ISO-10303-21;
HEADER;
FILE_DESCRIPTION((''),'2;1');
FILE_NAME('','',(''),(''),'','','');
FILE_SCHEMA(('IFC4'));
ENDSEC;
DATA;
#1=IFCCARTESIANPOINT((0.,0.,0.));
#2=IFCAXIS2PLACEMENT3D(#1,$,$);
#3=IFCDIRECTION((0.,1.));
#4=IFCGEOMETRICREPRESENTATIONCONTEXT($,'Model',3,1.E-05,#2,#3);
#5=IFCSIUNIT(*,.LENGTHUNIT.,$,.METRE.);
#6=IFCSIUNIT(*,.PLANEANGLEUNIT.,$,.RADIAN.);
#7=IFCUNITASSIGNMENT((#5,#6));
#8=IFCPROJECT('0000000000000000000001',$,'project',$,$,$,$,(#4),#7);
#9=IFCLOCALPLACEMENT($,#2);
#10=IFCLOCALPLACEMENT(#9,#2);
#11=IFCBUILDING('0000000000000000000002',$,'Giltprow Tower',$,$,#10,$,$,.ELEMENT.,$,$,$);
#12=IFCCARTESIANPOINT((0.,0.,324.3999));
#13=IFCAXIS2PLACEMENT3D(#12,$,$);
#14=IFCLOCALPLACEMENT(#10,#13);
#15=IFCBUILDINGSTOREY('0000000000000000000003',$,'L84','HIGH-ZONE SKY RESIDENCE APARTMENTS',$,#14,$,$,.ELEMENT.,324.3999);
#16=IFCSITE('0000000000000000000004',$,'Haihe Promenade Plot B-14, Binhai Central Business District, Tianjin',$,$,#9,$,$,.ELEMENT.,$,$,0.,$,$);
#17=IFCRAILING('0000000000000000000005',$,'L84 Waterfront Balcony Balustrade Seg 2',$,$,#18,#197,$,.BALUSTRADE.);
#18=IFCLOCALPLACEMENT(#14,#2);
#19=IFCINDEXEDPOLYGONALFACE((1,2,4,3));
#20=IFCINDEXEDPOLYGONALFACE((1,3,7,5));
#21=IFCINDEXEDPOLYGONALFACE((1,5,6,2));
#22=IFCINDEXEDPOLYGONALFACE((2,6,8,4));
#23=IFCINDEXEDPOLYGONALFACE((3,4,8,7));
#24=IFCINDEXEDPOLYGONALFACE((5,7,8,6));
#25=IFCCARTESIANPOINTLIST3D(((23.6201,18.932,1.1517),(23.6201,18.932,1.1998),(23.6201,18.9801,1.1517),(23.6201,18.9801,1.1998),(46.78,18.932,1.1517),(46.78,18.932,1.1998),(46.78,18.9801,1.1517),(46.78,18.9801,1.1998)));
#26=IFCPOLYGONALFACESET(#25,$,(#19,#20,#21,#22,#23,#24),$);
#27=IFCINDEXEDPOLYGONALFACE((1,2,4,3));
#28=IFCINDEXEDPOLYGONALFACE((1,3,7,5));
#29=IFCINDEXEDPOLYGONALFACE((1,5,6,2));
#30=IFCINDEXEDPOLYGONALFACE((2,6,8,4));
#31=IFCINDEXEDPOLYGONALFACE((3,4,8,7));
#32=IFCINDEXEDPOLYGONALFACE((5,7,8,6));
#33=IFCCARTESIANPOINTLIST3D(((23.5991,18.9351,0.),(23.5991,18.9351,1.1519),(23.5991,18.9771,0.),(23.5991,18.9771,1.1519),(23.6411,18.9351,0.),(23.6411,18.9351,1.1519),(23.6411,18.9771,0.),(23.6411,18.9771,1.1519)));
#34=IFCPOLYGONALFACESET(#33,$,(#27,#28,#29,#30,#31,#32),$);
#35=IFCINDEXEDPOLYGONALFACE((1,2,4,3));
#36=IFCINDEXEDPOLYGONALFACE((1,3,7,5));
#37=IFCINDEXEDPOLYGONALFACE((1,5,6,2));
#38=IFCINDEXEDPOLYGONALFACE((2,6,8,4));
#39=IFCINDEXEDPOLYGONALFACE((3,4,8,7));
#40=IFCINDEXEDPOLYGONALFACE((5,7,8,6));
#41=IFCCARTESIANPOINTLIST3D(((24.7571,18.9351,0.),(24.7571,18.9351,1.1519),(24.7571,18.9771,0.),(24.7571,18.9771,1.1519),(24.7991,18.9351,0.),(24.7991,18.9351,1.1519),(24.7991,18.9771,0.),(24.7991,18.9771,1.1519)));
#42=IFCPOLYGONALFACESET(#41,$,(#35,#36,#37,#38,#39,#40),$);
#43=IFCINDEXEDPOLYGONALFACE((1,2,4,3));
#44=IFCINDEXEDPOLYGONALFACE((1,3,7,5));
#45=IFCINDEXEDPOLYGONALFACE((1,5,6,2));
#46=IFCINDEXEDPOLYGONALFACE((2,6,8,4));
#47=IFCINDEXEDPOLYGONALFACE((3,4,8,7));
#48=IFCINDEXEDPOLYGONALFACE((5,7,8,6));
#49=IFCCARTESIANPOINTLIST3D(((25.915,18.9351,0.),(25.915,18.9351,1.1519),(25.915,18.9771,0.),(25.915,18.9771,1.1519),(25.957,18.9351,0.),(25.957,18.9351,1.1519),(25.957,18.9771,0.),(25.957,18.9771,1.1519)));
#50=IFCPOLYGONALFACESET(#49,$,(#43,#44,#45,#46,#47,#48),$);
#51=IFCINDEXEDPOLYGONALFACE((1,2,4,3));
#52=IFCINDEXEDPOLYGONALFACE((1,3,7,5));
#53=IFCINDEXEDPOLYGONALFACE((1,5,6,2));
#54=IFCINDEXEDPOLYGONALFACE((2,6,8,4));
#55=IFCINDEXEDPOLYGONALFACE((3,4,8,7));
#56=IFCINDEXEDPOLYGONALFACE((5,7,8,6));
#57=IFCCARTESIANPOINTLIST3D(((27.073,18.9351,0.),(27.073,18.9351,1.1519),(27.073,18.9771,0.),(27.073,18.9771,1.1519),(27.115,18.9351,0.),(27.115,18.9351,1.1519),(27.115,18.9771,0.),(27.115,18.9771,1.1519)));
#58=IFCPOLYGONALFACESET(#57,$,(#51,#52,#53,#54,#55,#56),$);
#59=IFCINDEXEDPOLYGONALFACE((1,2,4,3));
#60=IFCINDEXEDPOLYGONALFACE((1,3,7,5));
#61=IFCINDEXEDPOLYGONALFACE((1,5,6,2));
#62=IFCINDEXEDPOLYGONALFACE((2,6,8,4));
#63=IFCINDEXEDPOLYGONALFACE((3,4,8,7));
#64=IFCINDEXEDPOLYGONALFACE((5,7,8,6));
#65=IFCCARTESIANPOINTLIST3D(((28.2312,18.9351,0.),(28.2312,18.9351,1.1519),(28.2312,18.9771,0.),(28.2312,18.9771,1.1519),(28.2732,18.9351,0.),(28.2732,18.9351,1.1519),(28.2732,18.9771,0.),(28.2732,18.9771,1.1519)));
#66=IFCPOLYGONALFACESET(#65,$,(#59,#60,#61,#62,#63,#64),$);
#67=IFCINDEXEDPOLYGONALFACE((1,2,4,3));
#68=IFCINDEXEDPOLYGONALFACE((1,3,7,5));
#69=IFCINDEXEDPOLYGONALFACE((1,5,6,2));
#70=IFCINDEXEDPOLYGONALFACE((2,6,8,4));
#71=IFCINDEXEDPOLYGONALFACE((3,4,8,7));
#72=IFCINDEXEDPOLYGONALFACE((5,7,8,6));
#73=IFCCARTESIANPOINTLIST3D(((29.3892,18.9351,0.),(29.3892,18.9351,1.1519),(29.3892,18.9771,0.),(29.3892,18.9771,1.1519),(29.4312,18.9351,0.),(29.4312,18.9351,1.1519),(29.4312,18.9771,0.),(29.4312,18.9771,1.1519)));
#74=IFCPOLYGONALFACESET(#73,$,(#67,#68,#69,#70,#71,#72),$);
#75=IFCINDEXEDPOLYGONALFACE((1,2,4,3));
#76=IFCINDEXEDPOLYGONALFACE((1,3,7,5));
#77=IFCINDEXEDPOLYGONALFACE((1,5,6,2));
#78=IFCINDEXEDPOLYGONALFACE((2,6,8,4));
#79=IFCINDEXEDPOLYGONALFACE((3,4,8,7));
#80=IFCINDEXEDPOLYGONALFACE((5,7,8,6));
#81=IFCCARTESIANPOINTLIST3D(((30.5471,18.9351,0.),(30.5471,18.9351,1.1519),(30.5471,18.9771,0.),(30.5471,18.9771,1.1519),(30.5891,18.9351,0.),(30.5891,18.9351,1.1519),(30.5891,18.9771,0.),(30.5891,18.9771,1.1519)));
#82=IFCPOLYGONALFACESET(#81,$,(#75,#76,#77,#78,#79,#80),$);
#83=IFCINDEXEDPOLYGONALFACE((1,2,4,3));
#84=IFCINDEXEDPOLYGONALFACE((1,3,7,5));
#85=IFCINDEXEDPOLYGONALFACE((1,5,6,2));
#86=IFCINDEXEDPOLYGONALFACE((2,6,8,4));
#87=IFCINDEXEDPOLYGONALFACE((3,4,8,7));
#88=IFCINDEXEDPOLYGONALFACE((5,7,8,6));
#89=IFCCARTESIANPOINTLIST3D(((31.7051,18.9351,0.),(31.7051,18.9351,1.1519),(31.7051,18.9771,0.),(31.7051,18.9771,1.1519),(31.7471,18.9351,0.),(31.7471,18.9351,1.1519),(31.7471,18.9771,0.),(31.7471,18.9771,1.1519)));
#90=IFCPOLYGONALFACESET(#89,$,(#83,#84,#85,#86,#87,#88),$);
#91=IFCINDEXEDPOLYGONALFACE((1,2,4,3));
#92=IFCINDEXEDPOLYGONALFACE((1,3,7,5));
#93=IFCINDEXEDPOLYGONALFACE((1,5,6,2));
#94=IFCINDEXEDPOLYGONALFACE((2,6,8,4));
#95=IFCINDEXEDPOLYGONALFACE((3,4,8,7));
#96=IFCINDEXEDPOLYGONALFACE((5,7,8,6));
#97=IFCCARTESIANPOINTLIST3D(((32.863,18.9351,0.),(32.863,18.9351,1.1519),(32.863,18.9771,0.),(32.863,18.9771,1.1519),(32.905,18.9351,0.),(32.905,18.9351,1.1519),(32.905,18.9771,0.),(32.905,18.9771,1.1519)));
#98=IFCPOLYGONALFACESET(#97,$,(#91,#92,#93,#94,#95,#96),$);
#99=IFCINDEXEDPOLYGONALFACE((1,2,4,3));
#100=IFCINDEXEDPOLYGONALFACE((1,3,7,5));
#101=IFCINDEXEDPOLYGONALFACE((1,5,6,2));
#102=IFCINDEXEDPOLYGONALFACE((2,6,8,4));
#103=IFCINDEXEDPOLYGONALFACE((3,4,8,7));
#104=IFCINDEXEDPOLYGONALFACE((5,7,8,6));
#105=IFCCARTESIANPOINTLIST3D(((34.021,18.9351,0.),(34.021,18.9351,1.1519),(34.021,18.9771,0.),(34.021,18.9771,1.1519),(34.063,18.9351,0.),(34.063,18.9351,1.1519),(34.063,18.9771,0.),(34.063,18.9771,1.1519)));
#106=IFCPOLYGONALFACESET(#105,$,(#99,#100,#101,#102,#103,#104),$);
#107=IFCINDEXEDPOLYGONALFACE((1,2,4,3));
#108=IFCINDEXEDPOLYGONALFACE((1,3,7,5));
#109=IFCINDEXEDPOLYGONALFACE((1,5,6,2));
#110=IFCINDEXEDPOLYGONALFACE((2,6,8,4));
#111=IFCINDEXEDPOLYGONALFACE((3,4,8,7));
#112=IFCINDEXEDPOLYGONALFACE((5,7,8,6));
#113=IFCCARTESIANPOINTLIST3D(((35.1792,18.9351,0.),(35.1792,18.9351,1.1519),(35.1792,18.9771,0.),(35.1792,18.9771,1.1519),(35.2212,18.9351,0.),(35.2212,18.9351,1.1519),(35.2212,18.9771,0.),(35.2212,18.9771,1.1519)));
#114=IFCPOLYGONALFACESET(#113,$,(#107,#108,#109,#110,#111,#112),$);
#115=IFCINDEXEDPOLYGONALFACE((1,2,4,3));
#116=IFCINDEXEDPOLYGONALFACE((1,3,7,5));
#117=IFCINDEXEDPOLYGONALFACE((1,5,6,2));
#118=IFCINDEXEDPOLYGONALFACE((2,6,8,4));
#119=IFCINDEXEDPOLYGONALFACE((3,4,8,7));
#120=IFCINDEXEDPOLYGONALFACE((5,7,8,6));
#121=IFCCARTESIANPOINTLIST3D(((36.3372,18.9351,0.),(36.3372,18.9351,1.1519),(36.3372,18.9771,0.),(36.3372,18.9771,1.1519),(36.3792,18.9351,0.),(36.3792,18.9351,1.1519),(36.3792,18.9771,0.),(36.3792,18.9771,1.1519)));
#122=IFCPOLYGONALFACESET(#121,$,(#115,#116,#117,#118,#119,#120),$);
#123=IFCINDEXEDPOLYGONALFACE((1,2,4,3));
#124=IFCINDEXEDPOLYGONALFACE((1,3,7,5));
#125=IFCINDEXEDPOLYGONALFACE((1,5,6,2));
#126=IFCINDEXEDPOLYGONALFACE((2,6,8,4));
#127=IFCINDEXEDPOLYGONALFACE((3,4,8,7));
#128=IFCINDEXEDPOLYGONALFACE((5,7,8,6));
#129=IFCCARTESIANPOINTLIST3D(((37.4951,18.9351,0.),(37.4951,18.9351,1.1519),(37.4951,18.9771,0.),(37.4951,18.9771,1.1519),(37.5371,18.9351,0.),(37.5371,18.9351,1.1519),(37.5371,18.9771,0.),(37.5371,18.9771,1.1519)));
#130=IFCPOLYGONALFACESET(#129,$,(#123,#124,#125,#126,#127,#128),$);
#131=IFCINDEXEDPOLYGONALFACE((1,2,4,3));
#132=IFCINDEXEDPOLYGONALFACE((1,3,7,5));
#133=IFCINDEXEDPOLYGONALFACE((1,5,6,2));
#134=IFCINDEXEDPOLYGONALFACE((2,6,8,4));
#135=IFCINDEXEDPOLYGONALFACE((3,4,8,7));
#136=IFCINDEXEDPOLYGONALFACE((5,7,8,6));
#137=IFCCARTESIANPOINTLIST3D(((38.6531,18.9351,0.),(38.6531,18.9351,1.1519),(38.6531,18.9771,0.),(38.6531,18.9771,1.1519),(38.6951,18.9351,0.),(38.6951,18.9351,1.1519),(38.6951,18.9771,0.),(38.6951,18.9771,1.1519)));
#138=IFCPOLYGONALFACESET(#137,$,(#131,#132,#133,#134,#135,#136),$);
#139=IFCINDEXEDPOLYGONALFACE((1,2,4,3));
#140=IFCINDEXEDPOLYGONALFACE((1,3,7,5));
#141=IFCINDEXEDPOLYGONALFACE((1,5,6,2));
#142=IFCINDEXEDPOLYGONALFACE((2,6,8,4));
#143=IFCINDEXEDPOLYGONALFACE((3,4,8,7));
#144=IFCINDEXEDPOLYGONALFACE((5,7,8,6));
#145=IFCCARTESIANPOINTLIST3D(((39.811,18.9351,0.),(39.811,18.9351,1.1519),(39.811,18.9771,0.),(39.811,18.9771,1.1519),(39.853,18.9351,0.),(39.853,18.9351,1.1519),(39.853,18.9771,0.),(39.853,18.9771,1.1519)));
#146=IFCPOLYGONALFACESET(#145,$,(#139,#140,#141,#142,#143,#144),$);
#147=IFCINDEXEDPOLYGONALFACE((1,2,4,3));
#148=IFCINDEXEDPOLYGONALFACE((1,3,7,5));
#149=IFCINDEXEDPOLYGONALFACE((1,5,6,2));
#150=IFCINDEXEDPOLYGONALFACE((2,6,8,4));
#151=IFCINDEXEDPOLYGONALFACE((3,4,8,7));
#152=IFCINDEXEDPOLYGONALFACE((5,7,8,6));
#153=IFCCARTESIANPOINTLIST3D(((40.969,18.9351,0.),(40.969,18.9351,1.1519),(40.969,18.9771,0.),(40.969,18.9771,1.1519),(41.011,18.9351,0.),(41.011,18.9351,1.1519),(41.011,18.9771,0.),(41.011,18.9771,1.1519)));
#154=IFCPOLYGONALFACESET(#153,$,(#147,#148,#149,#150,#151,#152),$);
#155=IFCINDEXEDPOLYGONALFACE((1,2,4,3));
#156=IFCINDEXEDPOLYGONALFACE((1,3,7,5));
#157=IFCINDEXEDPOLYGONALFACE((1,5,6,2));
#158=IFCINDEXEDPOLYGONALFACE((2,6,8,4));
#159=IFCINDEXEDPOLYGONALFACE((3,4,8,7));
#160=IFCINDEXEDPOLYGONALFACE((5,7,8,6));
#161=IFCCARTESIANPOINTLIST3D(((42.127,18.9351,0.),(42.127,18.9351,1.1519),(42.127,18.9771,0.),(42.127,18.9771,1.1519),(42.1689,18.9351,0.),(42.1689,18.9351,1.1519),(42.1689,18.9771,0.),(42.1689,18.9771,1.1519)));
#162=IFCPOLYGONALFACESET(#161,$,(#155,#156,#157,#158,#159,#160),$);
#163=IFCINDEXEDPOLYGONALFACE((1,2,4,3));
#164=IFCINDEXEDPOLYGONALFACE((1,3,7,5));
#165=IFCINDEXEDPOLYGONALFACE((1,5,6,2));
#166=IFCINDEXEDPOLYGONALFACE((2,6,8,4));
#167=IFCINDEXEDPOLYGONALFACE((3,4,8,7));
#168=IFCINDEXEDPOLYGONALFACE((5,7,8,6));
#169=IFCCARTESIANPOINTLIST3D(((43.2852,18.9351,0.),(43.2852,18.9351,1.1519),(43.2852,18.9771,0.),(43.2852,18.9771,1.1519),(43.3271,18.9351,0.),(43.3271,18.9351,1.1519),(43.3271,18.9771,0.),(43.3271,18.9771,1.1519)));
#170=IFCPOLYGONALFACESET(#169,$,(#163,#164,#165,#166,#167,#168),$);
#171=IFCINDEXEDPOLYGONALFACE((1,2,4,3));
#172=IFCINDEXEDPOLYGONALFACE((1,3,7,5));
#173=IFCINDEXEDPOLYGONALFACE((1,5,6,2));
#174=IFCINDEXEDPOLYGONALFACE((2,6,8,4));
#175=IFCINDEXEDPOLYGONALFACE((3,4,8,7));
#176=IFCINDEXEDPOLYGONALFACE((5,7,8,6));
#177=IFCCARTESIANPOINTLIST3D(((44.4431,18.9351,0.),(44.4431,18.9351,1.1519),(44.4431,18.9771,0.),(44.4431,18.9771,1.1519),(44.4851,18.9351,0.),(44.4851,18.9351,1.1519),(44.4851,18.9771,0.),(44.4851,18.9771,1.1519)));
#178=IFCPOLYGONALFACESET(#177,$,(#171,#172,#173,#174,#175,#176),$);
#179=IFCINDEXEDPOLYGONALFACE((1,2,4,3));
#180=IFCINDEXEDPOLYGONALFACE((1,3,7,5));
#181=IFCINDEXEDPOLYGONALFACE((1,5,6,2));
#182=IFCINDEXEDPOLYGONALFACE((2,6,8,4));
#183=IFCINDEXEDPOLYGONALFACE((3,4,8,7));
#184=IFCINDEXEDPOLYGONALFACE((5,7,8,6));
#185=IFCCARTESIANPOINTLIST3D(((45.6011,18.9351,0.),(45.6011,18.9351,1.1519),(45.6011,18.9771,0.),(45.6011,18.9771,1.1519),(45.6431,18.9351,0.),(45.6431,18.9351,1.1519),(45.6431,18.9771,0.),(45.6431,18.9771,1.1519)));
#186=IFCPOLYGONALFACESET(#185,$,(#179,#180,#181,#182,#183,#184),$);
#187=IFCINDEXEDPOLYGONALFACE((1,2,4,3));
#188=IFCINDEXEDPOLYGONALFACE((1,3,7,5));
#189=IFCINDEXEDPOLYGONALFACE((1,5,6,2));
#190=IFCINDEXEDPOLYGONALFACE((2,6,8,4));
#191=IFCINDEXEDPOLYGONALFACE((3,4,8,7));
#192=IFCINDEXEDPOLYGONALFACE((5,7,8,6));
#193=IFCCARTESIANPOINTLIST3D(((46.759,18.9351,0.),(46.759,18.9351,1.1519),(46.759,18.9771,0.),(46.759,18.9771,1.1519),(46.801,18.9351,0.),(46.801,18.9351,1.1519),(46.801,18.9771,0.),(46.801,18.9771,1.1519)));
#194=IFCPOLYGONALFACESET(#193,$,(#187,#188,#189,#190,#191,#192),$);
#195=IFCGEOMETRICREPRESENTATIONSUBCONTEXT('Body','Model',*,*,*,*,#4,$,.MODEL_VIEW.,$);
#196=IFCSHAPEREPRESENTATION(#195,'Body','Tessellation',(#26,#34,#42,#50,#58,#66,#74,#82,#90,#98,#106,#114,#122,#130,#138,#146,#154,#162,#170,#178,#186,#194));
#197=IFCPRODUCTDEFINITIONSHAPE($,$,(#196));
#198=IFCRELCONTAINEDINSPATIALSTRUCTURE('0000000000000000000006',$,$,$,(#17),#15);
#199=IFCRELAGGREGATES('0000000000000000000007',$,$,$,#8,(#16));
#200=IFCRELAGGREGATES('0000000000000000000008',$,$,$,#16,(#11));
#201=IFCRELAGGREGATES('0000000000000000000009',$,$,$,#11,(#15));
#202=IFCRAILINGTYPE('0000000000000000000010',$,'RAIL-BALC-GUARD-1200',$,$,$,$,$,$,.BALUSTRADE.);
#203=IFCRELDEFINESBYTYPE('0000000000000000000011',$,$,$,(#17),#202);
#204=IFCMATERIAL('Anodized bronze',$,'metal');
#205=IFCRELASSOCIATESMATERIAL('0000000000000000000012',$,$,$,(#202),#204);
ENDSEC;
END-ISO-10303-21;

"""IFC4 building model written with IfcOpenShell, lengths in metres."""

from ifc_helpers import new_model, si_unit, direction, frame, origin, origin_2d, place, context, subcontext, project, spatial, rectangle, extrude, material, type_object, element, save


model = new_model("IFC4")

# Units and contexts
model_context = context("Model", 3, precision=1e-05, world=origin(), true_north=direction((0.0, 1.0)))
body_context = subcontext(model_context, "Body", "Model", "MODEL_VIEW")
ifc_project = project(units=[si_unit("LENGTHUNIT", "METRE"), si_unit("PLANEANGLEUNIT", "RADIAN")], contexts=[model_context])

# Site, building, storey
site_placement = place(None, origin())
site = spatial("IfcSite", under=ifc_project, at=site_placement, Name="Haihe Promenade Plot B-14, Binhai Central Business District, Tianjin", CompositionType="ELEMENT", RefElevation=0.0)
building_placement = place(site_placement, origin())
building = spatial("IfcBuilding", under=site, at=building_placement, Name="Giltprow Tower", CompositionType="ELEMENT")
storey_placement = place(building_placement, frame((0.0, 0.0, 324.3999)))
storey = spatial("IfcBuildingStorey", under=building, at=storey_placement, Name="L84", Description="HIGH-ZONE SKY RESIDENCE APARTMENTS", CompositionType="ELEMENT", Elevation=324.3999)

# Shared definitions
ifc_material_1 = material(Name="Anodized bronze", Category="metal")

# Railing
railing_type = type_object("IfcRailingType", Name="RAIL-BALC-GUARD-1200", PredefinedType="BALUSTRADE", material=ifc_material_1)
railing_1_placement = place(storey_placement, frame((23.6201, 18.9561, 0.0)))
element("IfcRailing", 1, at=railing_1_placement, inside=storey, type_object=railing_type, Name="L84 Waterfront Balcony Balustrade Seg 2", PredefinedType="BALUSTRADE", context=body_context, shape_type="SweptSolid", body=[
    extrude(rectangle(XDim=0.0481, YDim=0.0481, at=origin_2d()), frame((0.0, 0.0, 1.1758), z_axis=(1.0, 0.0, 0.0), x_axis=(0.0, 1.0, 0.0)), (0.0, 0.0, 1.0), 23.1599),
    extrude(rectangle(XDim=0.042, YDim=0.042, at=origin_2d()), origin(), (0.0, 0.0, 1.0), 1.1519),
    extrude(rectangle(XDim=0.042, YDim=0.042, at=origin_2d()), frame((1.158, 0.0, 0.0)), (0.0, 0.0, 1.0), 1.1519),
    extrude(rectangle(XDim=0.042, YDim=0.042, at=origin_2d()), frame((2.3159, 0.0, 0.0)), (0.0, 0.0, 1.0), 1.1519),
    extrude(rectangle(XDim=0.042, YDim=0.042, at=origin_2d()), frame((3.4739, 0.0, 0.0)), (0.0, 0.0, 1.0), 1.1519),
    extrude(rectangle(XDim=0.042, YDim=0.042, at=origin_2d()), frame((4.6321, 0.0, 0.0)), (0.0, 0.0, 1.0), 1.1519),
    extrude(rectangle(XDim=0.042, YDim=0.042, at=origin_2d()), frame((5.79, 0.0, 0.0)), (0.0, 0.0, 1.0), 1.1519),
    extrude(rectangle(XDim=0.042, YDim=0.042, at=origin_2d()), frame((6.948, 0.0, 0.0)), (0.0, 0.0, 1.0), 1.1519),
    extrude(rectangle(XDim=0.042, YDim=0.042, at=origin_2d()), frame((8.106, 0.0, 0.0)), (0.0, 0.0, 1.0), 1.1519),
    extrude(rectangle(XDim=0.042, YDim=0.042, at=origin_2d()), frame((9.2639, 0.0, 0.0)), (0.0, 0.0, 1.0), 1.1519),
    extrude(rectangle(XDim=0.042, YDim=0.042, at=origin_2d()), frame((10.4219, 0.0, 0.0)), (0.0, 0.0, 1.0), 1.1519),
    extrude(rectangle(XDim=0.042, YDim=0.042, at=origin_2d()), frame((11.5801, 0.0, 0.0)), (0.0, 0.0, 1.0), 1.1519),
    extrude(rectangle(XDim=0.042, YDim=0.042, at=origin_2d()), frame((12.738, 0.0, 0.0)), (0.0, 0.0, 1.0), 1.1519),
    extrude(rectangle(XDim=0.042, YDim=0.042, at=origin_2d()), frame((13.896, 0.0, 0.0)), (0.0, 0.0, 1.0), 1.1519),
    extrude(rectangle(XDim=0.042, YDim=0.042, at=origin_2d()), frame((15.054, 0.0, 0.0)), (0.0, 0.0, 1.0), 1.1519),
    extrude(rectangle(XDim=0.042, YDim=0.042, at=origin_2d()), frame((16.2119, 0.0, 0.0)), (0.0, 0.0, 1.0), 1.1519),
    extrude(rectangle(XDim=0.042, YDim=0.042, at=origin_2d()), frame((17.3699, 0.0, 0.0)), (0.0, 0.0, 1.0), 1.1519),
    extrude(rectangle(XDim=0.042, YDim=0.042, at=origin_2d()), frame((18.5278, 0.0, 0.0)), (0.0, 0.0, 1.0), 1.1519),
    extrude(rectangle(XDim=0.042, YDim=0.042, at=origin_2d()), frame((19.686, 0.0, 0.0)), (0.0, 0.0, 1.0), 1.1519),
    extrude(rectangle(XDim=0.042, YDim=0.042, at=origin_2d()), frame((20.844, 0.0, 0.0)), (0.0, 0.0, 1.0), 1.1519),
    extrude(rectangle(XDim=0.042, YDim=0.042, at=origin_2d()), frame((22.002, 0.0, 0.0)), (0.0, 0.0, 1.0), 1.1519),
    extrude(rectangle(XDim=0.042, YDim=0.042, at=origin_2d()), frame((23.1599, 0.0, 0.0)), (0.0, 0.0, 1.0), 1.1519),
])

save(model, "model.ifc")
